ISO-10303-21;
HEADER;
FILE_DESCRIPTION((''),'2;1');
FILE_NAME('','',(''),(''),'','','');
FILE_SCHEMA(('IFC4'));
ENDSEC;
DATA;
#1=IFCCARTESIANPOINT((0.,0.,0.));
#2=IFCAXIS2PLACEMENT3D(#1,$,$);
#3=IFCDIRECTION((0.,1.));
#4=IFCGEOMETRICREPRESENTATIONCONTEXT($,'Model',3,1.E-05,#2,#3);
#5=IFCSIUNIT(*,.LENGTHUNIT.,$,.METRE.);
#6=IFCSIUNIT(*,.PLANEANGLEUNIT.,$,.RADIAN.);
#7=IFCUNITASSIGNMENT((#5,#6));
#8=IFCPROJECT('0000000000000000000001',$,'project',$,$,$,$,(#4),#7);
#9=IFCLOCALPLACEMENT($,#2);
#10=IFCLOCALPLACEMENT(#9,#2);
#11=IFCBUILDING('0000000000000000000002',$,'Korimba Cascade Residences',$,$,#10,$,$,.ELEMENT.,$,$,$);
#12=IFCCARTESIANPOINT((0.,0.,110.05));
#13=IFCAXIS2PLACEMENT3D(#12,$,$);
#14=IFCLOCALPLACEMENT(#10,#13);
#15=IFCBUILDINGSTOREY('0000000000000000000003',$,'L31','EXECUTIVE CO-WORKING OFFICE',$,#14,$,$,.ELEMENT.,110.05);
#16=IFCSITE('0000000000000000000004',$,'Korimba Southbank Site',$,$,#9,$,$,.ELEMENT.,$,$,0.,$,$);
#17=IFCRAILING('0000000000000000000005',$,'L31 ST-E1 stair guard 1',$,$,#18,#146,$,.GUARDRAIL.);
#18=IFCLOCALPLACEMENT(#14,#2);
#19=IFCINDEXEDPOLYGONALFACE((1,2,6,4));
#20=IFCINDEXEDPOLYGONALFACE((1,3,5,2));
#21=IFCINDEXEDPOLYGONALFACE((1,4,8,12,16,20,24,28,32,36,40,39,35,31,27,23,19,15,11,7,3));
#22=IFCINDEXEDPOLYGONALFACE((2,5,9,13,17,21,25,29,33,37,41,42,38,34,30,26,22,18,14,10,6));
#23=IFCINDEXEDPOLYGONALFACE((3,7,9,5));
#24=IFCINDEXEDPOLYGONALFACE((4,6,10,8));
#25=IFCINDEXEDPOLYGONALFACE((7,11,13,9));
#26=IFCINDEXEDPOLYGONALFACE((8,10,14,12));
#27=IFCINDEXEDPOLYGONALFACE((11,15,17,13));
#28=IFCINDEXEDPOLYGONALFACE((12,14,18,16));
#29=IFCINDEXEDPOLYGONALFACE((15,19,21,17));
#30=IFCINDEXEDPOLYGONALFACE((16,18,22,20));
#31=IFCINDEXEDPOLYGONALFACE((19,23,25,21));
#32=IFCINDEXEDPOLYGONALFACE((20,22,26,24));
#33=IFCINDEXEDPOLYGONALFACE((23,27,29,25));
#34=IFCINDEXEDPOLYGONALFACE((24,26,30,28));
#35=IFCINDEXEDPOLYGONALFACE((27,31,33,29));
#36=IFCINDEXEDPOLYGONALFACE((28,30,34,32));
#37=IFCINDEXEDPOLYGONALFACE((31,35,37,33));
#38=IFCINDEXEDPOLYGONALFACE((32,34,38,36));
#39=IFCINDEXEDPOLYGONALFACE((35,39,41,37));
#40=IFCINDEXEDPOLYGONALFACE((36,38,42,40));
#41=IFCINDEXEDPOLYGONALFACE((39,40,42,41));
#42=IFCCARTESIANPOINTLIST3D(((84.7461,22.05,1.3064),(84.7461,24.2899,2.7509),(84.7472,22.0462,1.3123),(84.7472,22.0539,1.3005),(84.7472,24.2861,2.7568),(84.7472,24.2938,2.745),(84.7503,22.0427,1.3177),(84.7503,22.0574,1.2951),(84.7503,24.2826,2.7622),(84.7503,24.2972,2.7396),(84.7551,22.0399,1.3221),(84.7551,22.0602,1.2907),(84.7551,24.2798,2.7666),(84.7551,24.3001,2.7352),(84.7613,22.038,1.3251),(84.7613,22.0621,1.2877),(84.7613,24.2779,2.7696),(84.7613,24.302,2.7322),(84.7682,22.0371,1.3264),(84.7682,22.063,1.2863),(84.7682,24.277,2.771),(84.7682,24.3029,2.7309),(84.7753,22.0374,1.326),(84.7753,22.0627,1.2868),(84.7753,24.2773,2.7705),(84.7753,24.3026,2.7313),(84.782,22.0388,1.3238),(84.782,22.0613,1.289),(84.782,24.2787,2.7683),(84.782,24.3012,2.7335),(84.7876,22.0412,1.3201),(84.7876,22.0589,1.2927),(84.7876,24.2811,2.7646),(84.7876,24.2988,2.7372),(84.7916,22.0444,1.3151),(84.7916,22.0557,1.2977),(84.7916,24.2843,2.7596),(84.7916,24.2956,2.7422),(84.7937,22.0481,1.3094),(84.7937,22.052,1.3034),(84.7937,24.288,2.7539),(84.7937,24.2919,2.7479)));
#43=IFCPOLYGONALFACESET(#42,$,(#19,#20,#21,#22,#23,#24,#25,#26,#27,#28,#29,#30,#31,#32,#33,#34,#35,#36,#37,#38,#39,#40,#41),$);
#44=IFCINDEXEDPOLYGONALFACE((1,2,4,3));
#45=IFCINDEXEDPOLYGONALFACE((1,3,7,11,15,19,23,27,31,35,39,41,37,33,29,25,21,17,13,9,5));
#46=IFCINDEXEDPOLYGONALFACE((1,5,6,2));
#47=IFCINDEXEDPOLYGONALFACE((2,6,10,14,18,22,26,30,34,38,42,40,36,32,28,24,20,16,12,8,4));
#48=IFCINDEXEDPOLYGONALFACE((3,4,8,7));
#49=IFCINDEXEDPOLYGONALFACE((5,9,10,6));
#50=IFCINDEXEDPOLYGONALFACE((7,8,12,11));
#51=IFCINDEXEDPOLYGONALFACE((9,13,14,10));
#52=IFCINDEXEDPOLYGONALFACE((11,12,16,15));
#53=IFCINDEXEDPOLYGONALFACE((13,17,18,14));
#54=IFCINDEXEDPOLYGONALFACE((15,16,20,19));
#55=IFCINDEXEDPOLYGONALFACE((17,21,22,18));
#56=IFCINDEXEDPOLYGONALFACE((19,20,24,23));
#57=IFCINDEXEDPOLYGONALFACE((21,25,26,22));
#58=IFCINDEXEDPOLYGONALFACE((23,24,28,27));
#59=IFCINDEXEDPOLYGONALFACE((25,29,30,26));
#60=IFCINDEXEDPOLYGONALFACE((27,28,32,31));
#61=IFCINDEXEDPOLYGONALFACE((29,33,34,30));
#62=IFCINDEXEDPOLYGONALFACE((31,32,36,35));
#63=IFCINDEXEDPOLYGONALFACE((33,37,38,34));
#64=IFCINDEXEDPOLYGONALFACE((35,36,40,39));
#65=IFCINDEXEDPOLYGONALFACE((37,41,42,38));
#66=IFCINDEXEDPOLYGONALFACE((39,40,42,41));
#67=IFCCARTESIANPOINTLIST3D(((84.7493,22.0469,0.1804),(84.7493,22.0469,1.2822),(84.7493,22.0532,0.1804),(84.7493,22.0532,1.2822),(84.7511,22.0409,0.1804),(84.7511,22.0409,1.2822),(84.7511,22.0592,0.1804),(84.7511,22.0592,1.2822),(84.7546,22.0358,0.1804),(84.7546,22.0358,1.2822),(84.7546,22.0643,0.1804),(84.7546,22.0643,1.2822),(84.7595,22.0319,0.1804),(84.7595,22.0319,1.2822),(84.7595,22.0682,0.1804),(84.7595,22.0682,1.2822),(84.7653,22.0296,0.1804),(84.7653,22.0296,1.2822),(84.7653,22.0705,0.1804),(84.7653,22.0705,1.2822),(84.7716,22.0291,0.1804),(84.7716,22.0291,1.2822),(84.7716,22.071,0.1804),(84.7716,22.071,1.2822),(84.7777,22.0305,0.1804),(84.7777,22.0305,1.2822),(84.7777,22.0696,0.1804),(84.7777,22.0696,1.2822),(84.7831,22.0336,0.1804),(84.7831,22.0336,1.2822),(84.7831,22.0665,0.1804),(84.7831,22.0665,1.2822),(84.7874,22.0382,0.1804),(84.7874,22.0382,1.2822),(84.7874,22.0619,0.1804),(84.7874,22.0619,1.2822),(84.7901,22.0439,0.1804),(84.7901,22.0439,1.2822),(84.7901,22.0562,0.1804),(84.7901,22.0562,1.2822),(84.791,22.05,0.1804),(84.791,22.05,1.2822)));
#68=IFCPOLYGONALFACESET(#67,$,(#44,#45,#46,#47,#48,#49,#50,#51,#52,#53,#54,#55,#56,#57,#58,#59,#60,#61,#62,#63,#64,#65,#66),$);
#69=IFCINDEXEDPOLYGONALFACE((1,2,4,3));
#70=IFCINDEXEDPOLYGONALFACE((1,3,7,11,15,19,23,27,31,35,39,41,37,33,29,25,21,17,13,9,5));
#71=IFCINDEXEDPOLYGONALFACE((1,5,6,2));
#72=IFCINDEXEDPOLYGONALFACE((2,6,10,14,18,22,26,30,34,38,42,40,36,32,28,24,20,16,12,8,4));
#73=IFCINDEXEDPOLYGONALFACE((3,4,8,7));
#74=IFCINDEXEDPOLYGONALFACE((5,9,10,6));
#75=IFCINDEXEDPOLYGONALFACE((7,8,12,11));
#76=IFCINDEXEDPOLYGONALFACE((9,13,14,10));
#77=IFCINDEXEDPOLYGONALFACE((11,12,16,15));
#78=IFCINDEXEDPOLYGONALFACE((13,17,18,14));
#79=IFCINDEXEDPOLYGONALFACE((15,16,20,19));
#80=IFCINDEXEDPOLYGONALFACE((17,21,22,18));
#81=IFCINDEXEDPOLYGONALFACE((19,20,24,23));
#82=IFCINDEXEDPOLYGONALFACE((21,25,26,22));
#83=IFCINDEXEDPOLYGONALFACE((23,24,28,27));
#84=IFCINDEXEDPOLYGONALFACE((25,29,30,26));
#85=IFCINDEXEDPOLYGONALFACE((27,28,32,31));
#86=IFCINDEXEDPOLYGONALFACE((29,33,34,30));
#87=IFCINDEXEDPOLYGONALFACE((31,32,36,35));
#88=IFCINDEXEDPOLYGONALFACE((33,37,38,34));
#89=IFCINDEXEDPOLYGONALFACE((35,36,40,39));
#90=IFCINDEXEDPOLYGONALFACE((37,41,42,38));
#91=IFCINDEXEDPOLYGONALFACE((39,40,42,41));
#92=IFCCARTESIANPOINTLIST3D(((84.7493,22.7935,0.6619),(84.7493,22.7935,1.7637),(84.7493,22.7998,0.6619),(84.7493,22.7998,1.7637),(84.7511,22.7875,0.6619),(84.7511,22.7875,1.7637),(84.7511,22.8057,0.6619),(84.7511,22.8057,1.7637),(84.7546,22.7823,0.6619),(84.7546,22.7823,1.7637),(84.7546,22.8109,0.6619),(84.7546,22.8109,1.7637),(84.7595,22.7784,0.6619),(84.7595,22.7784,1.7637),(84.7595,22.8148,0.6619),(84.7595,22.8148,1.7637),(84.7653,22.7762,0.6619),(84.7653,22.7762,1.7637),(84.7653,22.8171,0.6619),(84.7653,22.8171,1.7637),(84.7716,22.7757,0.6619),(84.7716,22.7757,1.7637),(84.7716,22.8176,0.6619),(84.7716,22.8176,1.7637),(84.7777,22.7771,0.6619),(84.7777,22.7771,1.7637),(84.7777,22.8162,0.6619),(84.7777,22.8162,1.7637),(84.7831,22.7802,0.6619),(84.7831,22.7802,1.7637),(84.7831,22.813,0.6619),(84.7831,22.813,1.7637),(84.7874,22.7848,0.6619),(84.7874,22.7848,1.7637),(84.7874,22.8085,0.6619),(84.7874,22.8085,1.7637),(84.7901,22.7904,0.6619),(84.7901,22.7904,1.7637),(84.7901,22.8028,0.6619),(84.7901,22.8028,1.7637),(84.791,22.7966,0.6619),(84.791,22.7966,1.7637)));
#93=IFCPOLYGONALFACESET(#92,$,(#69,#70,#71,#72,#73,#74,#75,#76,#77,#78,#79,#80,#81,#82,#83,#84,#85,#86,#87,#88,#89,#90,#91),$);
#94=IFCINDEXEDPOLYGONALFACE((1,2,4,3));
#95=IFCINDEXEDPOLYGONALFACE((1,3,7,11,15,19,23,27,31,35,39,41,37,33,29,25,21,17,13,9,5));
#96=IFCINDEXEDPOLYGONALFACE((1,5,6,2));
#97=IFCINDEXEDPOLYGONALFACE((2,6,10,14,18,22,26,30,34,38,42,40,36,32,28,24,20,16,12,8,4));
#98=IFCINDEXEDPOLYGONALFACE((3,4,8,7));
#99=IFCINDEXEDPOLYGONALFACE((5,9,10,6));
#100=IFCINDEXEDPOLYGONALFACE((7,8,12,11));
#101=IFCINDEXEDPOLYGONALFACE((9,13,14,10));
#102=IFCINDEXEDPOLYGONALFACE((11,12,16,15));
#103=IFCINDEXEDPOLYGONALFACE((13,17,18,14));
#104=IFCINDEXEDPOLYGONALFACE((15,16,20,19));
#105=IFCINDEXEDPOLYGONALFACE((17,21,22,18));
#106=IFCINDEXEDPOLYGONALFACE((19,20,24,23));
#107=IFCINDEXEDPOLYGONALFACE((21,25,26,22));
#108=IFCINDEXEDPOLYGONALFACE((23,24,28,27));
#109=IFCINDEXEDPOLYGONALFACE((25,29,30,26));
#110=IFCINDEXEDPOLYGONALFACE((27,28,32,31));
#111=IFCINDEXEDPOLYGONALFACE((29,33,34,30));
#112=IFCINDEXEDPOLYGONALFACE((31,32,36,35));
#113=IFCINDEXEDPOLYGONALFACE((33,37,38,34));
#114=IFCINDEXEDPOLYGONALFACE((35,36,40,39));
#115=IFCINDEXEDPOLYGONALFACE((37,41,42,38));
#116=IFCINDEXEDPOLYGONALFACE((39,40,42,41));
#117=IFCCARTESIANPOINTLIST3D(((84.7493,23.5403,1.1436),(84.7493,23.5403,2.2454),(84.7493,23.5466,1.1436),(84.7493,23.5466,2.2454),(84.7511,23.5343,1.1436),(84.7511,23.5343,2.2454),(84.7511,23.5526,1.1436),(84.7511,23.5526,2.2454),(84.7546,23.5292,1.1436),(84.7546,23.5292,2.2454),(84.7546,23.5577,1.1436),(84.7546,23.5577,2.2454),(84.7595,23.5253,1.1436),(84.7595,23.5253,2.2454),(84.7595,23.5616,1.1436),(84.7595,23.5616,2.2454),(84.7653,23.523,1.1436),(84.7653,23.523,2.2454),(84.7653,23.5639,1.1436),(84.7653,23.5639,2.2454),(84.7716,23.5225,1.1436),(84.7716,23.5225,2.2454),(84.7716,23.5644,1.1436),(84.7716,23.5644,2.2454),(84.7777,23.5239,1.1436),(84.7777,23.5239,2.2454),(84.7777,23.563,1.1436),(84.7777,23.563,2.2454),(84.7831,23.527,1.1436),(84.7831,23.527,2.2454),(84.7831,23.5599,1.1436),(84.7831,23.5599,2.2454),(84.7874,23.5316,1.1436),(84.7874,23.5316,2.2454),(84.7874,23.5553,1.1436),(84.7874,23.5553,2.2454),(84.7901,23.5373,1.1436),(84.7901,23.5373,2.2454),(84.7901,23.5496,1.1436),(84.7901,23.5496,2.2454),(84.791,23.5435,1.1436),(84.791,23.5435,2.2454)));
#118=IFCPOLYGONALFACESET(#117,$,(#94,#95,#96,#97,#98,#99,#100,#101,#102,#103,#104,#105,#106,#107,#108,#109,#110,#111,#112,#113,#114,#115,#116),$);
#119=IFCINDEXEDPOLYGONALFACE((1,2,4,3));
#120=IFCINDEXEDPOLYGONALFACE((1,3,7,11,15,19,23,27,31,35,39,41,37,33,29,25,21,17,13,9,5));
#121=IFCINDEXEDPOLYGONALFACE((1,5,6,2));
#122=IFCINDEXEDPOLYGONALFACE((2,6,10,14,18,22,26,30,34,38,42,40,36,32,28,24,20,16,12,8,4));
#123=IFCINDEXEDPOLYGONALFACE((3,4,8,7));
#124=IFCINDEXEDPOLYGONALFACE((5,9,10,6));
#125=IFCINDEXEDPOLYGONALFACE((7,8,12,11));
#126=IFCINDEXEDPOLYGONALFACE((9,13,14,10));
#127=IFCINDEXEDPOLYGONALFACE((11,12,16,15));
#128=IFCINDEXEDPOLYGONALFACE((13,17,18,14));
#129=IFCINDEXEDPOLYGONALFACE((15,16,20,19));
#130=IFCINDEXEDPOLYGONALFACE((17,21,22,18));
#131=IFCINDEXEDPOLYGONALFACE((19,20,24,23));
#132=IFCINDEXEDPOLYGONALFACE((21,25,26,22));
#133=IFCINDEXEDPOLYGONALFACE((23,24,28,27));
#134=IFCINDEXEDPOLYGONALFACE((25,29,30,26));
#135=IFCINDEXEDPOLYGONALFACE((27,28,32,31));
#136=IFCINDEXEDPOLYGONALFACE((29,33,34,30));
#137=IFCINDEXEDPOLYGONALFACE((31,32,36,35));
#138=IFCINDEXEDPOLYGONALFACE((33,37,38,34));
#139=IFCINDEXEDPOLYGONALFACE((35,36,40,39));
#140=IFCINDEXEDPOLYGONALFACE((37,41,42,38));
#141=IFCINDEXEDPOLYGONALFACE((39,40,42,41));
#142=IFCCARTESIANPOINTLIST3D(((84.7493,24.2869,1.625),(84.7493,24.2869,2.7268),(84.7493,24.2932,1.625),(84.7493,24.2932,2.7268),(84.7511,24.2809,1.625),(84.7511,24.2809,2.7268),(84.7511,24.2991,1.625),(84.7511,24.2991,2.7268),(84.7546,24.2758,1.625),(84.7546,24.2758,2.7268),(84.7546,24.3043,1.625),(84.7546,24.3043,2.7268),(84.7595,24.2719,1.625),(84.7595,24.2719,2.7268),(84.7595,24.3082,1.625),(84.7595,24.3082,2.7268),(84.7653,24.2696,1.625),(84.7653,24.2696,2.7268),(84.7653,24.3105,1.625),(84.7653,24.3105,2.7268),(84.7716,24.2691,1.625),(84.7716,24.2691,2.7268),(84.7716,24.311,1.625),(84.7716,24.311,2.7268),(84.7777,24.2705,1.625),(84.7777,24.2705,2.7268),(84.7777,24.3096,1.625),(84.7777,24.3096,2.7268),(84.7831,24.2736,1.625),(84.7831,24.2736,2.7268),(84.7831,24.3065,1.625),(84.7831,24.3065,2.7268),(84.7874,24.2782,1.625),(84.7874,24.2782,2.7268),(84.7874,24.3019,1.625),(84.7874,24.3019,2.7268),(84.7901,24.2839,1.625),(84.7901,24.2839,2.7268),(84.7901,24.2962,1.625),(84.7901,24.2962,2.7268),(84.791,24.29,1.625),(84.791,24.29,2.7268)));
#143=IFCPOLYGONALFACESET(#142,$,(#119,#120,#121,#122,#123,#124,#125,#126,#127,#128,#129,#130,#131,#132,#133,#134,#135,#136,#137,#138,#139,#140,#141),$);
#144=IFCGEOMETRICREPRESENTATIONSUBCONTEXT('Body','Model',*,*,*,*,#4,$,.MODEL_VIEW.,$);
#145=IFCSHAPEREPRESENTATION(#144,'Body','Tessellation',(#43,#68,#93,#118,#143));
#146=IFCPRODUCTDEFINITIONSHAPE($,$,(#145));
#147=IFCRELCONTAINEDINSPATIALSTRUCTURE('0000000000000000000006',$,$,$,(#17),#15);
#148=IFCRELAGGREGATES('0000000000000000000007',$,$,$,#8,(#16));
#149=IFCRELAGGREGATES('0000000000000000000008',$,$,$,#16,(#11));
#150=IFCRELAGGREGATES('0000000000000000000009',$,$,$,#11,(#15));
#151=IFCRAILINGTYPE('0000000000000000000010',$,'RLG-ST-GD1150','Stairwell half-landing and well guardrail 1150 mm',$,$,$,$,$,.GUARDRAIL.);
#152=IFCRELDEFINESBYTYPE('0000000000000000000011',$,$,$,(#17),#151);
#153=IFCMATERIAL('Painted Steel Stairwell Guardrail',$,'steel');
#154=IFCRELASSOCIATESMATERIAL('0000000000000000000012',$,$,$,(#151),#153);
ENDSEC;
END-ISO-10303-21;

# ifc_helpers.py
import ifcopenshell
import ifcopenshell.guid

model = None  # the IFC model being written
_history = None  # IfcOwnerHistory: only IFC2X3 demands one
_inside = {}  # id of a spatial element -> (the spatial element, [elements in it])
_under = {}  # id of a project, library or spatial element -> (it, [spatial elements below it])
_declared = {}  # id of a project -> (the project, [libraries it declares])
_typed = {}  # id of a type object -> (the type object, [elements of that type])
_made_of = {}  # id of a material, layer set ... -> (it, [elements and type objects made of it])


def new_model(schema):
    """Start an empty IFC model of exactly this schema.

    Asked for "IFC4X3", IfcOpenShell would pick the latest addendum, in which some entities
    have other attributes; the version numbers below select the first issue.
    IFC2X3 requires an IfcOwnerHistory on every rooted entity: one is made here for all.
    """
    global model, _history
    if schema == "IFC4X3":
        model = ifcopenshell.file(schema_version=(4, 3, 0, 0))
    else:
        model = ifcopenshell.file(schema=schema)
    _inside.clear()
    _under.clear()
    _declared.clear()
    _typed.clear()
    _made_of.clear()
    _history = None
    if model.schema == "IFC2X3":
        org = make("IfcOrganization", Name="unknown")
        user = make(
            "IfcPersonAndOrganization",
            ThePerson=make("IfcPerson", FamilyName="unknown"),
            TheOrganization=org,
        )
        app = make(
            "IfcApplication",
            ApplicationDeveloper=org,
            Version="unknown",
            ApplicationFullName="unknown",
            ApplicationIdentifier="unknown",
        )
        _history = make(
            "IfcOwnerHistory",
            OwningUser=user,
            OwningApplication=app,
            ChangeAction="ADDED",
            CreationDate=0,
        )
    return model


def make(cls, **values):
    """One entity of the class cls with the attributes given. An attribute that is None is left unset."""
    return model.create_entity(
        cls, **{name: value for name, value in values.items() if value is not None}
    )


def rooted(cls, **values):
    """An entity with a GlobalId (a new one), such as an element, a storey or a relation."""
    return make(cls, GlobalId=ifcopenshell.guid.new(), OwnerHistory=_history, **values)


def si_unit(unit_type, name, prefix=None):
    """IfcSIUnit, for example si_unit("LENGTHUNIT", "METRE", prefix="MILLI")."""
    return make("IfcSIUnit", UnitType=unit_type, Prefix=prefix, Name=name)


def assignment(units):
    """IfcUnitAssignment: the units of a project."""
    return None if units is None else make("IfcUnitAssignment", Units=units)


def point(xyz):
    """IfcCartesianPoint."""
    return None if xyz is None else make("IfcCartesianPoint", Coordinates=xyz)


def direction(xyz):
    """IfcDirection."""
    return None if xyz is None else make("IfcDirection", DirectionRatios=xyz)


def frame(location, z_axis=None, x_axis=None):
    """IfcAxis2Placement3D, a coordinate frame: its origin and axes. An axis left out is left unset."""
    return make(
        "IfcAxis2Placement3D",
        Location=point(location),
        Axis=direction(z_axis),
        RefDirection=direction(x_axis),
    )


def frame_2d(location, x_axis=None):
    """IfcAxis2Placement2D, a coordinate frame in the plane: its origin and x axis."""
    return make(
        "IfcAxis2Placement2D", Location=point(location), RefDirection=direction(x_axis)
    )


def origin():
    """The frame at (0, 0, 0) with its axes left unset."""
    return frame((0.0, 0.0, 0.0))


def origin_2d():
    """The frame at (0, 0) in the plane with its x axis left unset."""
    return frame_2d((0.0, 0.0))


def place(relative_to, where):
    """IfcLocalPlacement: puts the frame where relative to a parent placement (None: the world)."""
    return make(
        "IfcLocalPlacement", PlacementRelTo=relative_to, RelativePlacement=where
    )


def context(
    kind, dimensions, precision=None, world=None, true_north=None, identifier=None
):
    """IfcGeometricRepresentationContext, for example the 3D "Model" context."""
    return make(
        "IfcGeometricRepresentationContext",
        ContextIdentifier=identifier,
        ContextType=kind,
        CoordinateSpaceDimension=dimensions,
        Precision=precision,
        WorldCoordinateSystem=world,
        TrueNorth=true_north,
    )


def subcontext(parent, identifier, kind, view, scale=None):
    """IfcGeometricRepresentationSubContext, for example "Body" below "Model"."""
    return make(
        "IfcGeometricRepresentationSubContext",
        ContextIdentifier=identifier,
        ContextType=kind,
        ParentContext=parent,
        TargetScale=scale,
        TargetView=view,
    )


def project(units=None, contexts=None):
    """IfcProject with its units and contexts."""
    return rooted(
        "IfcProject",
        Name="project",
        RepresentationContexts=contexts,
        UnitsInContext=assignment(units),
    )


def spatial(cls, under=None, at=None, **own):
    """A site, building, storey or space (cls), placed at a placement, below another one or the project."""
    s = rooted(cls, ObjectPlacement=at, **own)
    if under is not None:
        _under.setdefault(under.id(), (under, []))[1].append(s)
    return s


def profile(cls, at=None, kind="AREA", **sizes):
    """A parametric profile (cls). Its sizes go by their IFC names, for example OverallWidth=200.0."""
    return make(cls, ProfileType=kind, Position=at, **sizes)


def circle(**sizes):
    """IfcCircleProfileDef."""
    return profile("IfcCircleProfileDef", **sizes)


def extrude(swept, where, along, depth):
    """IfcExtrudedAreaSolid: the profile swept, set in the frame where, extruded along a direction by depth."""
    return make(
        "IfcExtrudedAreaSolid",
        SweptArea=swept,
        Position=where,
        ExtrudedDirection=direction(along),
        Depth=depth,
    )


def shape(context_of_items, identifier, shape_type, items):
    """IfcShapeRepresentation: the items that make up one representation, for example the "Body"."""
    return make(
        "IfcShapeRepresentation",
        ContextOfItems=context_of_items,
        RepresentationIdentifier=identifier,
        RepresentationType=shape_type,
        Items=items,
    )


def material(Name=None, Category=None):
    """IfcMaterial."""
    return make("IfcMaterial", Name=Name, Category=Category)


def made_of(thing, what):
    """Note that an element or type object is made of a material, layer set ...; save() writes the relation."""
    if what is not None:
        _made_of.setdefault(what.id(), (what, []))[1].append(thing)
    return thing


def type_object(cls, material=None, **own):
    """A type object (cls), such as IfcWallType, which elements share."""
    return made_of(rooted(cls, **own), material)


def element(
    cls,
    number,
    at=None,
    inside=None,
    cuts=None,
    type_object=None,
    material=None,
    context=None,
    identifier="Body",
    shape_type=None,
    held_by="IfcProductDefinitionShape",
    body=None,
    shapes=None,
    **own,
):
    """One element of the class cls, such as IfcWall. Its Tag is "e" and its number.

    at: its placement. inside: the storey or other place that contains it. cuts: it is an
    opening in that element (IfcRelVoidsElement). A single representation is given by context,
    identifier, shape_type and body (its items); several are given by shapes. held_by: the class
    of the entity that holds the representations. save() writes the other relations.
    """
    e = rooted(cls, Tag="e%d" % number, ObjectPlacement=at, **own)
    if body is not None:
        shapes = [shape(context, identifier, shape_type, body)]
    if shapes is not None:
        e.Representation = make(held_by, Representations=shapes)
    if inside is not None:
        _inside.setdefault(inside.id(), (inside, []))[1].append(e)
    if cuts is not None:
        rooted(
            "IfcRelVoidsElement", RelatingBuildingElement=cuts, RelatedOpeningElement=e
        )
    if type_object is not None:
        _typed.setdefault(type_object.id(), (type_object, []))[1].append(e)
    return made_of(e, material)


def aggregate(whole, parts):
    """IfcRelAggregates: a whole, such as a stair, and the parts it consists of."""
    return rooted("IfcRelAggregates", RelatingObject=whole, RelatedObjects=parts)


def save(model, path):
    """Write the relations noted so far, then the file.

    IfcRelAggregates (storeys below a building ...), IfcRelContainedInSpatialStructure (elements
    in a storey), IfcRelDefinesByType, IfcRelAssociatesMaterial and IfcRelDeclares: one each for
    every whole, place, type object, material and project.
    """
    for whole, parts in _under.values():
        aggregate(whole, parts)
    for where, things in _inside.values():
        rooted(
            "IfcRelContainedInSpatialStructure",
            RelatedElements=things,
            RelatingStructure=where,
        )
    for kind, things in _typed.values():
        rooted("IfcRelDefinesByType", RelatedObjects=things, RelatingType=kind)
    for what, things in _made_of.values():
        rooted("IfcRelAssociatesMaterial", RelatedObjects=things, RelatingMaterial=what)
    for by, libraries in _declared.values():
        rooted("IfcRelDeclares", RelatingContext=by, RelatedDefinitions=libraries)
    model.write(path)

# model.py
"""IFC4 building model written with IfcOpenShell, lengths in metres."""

from ifc_helpers import new_model, si_unit, direction, frame, origin, origin_2d, place, context, subcontext, project, spatial, circle, extrude, material, type_object, element, save


model = new_model("IFC4")

# Units and contexts
model_context = context("Model", 3, precision=1e-05, world=origin(), true_north=direction((0.0, 1.0)))
body_context = subcontext(model_context, "Body", "Model", "MODEL_VIEW")
ifc_project = project(units=[si_unit("LENGTHUNIT", "METRE"), si_unit("PLANEANGLEUNIT", "RADIAN")], contexts=[model_context])

# Site, building, storey
site_placement = place(None, origin())
site = spatial("IfcSite", under=ifc_project, at=site_placement, Name="Korimba Southbank Site", CompositionType="ELEMENT", RefElevation=0.0)
building_placement = place(site_placement, origin())
building = spatial("IfcBuilding", under=site, at=building_placement, Name="Korimba Cascade Residences", CompositionType="ELEMENT")
storey_placement = place(building_placement, frame((0.0, 0.0, 110.05)))
storey = spatial("IfcBuildingStorey", under=building, at=storey_placement, Name="L31", Description="EXECUTIVE CO-WORKING OFFICE", CompositionType="ELEMENT", Elevation=110.05)

# Railing
ifc_material_1 = material(Name="Painted Steel Stairwell Guardrail", Category="steel")
railing_type_1 = type_object("IfcRailingType", Name="RLG-ST-GD1150", Description="Stairwell half-landing and well guardrail 1150 mm", PredefinedType="GUARDRAIL", material=ifc_material_1)
railing_1_placement = place(storey_placement, frame((84.77, 22.05, 0.1804)))
element("IfcRailing", 1, at=railing_1_placement, inside=storey, type_object=railing_type_1, Name="L31 ST-E1 stair guard 1", PredefinedType="GUARDRAIL", context=body_context, shape_type="SweptSolid", body=[
    extrude(circle(Radius=0.0239, at=origin_2d()), frame((0.0, 0.0, 1.126), z_axis=(0.0, 0.840395, 0.541975), x_axis=(-1.0, 0.0, 0.0)), (0.0, 0.0, 1.0), 2.6653),
    extrude(circle(Radius=0.021, at=origin_2d()), origin(), (0.0, 0.0, 1.0), 1.1018),
    extrude(circle(Radius=0.021, at=origin_2d()), frame((0.0, 0.7466, 0.4814)), (0.0, 0.0, 1.0), 1.1018),
    extrude(circle(Radius=0.021, at=origin_2d()), frame((0.0, 1.4934, 0.9631)), (0.0, 0.0, 1.0), 1.1018),
    extrude(circle(Radius=0.021, at=origin_2d()), frame((0.0, 2.24, 1.4446)), (0.0, 0.0, 1.0), 1.1018),
])

save(model, "model.ifc")
